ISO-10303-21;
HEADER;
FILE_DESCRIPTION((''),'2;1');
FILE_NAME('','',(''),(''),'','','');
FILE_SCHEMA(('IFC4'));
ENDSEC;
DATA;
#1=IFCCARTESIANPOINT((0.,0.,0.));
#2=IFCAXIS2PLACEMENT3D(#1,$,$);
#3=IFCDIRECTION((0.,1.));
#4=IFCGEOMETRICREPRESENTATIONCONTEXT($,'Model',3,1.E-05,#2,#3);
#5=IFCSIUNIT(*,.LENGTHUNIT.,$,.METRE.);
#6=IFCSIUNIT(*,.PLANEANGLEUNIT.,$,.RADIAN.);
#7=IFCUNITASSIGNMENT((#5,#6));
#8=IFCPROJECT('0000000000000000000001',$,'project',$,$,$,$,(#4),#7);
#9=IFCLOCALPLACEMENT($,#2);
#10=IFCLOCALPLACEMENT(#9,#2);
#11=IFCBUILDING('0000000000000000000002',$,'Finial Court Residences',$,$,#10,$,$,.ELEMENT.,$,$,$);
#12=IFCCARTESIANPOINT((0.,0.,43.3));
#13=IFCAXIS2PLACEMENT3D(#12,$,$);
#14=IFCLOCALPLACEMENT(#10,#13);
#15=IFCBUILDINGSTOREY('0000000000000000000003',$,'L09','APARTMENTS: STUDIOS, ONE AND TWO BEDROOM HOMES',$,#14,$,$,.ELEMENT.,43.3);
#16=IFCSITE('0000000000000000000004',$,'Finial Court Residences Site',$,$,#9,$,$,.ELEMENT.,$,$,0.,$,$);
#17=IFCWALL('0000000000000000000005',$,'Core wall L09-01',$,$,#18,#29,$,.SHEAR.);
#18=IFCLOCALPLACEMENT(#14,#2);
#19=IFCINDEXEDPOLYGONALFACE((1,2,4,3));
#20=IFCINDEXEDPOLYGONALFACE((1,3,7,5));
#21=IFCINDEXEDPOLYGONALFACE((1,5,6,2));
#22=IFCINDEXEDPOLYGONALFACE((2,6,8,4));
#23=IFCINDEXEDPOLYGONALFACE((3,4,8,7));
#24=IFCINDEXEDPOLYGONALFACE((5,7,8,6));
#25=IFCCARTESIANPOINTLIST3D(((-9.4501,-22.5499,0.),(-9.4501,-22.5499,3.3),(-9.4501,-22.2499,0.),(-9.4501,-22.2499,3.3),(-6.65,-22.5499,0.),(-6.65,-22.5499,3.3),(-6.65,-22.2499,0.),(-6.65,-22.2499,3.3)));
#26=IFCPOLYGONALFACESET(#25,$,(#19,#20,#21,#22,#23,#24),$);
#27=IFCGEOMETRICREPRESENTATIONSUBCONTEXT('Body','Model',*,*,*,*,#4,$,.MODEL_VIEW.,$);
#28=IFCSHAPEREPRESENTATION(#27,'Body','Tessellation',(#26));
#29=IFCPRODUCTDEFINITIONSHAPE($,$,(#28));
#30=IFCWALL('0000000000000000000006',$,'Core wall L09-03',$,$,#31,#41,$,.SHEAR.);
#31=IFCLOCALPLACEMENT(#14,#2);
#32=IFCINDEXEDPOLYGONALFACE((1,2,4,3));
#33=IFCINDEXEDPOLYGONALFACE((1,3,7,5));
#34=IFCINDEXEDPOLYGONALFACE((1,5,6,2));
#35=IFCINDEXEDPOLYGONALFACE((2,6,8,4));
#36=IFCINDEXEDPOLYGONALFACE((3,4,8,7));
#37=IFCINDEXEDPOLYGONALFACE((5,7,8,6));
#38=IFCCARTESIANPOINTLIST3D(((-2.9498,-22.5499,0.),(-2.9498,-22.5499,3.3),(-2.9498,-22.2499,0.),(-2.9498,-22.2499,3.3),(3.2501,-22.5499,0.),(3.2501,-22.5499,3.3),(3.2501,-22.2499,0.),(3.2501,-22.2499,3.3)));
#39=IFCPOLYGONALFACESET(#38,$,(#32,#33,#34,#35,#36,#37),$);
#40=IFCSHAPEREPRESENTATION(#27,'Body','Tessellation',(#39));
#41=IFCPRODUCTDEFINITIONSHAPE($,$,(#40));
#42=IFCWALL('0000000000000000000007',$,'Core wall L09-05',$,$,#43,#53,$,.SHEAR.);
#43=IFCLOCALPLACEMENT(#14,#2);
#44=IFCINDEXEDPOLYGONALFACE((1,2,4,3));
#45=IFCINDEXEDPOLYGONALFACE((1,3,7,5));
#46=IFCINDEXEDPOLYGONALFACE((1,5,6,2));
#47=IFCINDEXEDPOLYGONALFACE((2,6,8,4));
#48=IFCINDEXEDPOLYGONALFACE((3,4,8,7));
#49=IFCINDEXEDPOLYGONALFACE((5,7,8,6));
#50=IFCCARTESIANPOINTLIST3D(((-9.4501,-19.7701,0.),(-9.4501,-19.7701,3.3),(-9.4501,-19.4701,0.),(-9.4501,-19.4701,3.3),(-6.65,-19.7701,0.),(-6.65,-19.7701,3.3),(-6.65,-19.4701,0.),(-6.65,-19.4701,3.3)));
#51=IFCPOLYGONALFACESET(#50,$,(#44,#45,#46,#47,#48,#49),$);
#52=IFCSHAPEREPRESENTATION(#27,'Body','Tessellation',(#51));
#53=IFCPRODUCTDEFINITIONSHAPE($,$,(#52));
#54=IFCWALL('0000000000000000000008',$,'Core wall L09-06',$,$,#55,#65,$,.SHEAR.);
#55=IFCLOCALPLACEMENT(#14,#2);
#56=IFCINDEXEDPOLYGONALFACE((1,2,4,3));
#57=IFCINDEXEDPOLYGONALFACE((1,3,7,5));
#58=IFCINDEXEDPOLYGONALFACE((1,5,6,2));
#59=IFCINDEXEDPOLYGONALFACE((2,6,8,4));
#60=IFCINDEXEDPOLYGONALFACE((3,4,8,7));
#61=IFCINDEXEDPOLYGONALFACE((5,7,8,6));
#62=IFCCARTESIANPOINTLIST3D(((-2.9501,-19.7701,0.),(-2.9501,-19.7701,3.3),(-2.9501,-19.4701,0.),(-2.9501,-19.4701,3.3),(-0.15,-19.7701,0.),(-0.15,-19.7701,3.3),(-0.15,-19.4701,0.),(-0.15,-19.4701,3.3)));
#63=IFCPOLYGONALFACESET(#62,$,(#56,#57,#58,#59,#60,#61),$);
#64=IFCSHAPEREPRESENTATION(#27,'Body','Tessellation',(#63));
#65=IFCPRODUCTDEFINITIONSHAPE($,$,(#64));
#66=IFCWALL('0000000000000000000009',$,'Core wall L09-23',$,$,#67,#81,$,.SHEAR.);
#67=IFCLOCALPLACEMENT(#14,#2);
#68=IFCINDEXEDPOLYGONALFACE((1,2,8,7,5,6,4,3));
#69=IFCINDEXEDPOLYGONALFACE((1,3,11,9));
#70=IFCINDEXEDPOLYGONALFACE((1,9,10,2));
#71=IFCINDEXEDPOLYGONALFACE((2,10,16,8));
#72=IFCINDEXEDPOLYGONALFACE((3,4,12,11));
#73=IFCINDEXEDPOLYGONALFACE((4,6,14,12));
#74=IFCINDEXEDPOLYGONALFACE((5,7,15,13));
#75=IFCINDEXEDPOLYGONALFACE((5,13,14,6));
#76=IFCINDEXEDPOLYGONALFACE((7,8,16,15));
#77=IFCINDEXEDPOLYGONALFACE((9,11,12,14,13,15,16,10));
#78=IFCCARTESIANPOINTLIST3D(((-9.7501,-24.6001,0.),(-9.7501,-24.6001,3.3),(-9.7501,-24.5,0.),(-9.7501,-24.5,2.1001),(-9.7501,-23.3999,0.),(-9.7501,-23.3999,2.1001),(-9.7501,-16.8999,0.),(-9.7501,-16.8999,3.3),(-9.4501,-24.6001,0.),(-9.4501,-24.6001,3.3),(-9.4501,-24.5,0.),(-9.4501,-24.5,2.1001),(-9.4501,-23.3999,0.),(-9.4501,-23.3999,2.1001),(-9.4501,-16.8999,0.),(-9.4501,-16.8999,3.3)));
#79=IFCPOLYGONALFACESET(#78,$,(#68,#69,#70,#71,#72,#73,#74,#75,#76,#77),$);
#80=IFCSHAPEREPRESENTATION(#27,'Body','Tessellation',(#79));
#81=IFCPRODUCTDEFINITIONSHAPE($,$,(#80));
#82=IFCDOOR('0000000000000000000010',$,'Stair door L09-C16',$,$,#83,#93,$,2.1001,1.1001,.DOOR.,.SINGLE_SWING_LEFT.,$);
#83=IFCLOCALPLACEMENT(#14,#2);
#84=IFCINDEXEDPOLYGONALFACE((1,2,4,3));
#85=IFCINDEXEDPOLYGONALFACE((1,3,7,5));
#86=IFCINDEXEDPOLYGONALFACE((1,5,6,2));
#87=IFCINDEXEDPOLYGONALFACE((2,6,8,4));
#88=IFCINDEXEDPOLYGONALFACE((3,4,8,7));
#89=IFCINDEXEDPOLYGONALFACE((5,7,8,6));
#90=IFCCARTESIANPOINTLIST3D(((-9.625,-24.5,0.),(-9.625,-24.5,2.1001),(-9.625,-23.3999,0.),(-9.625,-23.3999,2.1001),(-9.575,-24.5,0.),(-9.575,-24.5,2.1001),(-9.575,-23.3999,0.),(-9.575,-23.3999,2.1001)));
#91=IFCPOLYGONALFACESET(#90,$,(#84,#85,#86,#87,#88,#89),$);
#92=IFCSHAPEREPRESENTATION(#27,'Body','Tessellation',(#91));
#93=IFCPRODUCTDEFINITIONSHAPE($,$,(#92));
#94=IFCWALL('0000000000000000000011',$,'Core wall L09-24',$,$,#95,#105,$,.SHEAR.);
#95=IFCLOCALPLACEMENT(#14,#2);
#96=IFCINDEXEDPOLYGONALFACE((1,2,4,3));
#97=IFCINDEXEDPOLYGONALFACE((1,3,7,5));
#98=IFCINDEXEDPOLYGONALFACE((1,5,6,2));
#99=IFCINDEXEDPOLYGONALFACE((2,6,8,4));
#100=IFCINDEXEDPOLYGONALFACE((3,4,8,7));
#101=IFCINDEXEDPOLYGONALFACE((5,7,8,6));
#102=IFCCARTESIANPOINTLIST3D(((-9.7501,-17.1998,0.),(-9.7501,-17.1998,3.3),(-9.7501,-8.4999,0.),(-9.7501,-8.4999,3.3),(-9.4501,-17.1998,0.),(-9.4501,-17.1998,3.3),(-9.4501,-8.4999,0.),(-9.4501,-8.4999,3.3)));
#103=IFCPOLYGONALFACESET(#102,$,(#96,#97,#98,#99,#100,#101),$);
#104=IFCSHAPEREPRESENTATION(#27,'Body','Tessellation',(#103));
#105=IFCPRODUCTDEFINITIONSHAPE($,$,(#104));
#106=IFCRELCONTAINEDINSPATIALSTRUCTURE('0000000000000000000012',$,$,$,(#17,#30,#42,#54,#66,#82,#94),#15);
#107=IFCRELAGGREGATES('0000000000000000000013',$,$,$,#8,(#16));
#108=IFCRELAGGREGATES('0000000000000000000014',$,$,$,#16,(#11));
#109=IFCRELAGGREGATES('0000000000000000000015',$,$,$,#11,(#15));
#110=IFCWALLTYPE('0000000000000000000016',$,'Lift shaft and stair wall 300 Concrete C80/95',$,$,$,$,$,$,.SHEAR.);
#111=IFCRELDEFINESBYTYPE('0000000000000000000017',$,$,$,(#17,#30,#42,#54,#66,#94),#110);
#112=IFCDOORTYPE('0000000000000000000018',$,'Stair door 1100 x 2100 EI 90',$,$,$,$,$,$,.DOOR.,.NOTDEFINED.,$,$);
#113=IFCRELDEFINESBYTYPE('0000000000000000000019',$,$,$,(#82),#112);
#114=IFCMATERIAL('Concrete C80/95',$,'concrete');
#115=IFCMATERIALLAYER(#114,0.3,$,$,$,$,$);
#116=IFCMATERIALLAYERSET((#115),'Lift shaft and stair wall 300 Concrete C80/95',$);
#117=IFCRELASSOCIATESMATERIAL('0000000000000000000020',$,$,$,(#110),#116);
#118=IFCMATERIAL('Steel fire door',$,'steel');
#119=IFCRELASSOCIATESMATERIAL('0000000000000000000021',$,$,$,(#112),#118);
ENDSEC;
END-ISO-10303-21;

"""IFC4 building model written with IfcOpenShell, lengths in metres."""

from ifc_helpers import new_model, si_unit, direction, frame, frame_2d, origin, place, context, subcontext, project, spatial, rectangle, extrude, material, layer, layer_set, type_object, element, fill, save


model = new_model("IFC4")

# Units and contexts
model_context = context("Model", 3, precision=1e-05, world=origin(), true_north=direction((0.0, 1.0)))
body_context = subcontext(model_context, "Body", "Model", "MODEL_VIEW")
ifc_project = project(units=[si_unit("LENGTHUNIT", "METRE"), si_unit("PLANEANGLEUNIT", "RADIAN")], contexts=[model_context])

# Site, building, storey
site_placement = place(None, origin())
site = spatial("IfcSite", under=ifc_project, at=site_placement, Name="Finial Court Residences Site", CompositionType="ELEMENT", RefElevation=0.0)
building_placement = place(site_placement, origin())
building = spatial("IfcBuilding", under=site, at=building_placement, Name="Finial Court Residences", CompositionType="ELEMENT")
storey_placement = place(building_placement, frame((0.0, 0.0, 43.3)))
storey = spatial("IfcBuildingStorey", under=building, at=storey_placement, Name="L09", Description="APARTMENTS: STUDIOS, ONE AND TWO BEDROOM HOMES", CompositionType="ELEMENT", Elevation=43.3)

# Walls
ifc_material_1 = material(Name="Concrete C80/95", Category="concrete")
ifc_layer_1 = layer(ifc_material_1, 0.3)
ifc_layer_set_1 = layer_set([ifc_layer_1], Name="Lift shaft and stair wall 300 Concrete C80/95")
wall_type_1 = type_object("IfcWallType", Name="Lift shaft and stair wall 300 Concrete C80/95", PredefinedType="SHEAR", material=ifc_layer_set_1)
wall_1_placement = place(storey_placement, frame((-9.45, -22.3999, 0.0), z_axis=(0.0, 0.0, 1.0), x_axis=(1.0, 0.0, 0.0)))
element("IfcWall", 1, at=wall_1_placement, inside=storey, type_object=wall_type_1, Name="Core wall L09-01", PredefinedType="SHEAR", context=body_context, shape_type="SweptSolid", body=[
    extrude(rectangle(XDim=2.8, YDim=0.3, at=frame_2d((1.3999, 0.0))), origin(), (0.0, 0.0, 1.0), 3.3),
])
wall_2_placement = place(storey_placement, frame((-2.95, -22.3999, 0.0), z_axis=(0.0, 0.0, 1.0), x_axis=(1.0, 0.0, 0.0)))
element("IfcWall", 2, at=wall_2_placement, inside=storey, type_object=wall_type_1, Name="Core wall L09-03", PredefinedType="SHEAR", context=body_context, shape_type="SweptSolid", body=[
    extrude(rectangle(XDim=6.2, YDim=0.3, at=frame_2d((3.1001, 0.0))), origin(), (0.0, 0.0, 1.0), 3.3),
])
for number, where, z_axis, x_axis, name in (
    (3, (-9.45, -19.6201, 0.0), (0.0, 0.0, 1.0), (1.0, 0.0, 0.0), "Core wall L09-05"),
    (4, (-2.95, -19.6201, 0.0), (0.0, 0.0, 1.0), (1.0, 0.0, 0.0), "Core wall L09-06"),
):
    element("IfcWall", number, at=place(storey_placement, frame(where, z_axis=z_axis, x_axis=x_axis)), inside=storey, type_object=wall_type_1, Name=name, PredefinedType="SHEAR", context=body_context, shape_type="SweptSolid", body=[
        extrude(rectangle(XDim=2.8, YDim=0.3, at=frame_2d((1.3999, 0.0))), origin(), (0.0, 0.0, 1.0), 3.3),
    ])

# Wall, opening, door
wall_3_placement = place(storey_placement, frame((-9.6001, -24.6001, 0.0), z_axis=(0.0, 0.0, 1.0), x_axis=(0.0, 1.0, 0.0)))
wall_3 = element("IfcWall", 5, at=wall_3_placement, inside=storey, type_object=wall_type_1, Name="Core wall L09-23", PredefinedType="SHEAR", context=body_context, shape_type="SweptSolid", body=[
    extrude(rectangle(XDim=7.7002, YDim=0.3, at=frame_2d((3.8501, 0.0))), origin(), (0.0, 0.0, 1.0), 3.3),
])
opening_1_placement = place(wall_3_placement, frame((0.1001, 0.0, 0.0)))
opening_1 = element("IfcOpeningElement", 6, at=opening_1_placement, cuts=wall_3, PredefinedType="OPENING", context=body_context, shape_type="SweptSolid", body=[
    extrude(rectangle(XDim=1.1001, YDim=2.1001, at=frame_2d((0.55, 1.05))), frame((0.0, 0.1599, 0.0), z_axis=(0.0, -1.0, 0.0), x_axis=(1.0, 0.0, 0.0)), (0.0, 0.0, 1.0), 0.3201),
])
ifc_material_2 = material(Name="Steel fire door", Category="steel")
door_type_1 = type_object("IfcDoorType", Name="Stair door 1100 x 2100 EI 90", OperationType="NOTDEFINED", PredefinedType="DOOR", material=ifc_material_2)
door_1_placement = place(opening_1_placement, origin())
door_1 = element("IfcDoor", 7, at=door_1_placement, inside=storey, type_object=door_type_1, Name="Stair door L09-C16", OperationType="SINGLE_SWING_LEFT", OverallHeight=2.1001, OverallWidth=1.1001, PredefinedType="DOOR", context=body_context, shape_type="SweptSolid", body=[
    extrude(rectangle(XDim=1.1001, YDim=2.1001, at=frame_2d((0.55, 1.05))), frame((0.0, 0.0249, 0.0), z_axis=(0.0, -1.0, 0.0), x_axis=(1.0, 0.0, 0.0)), (0.0, 0.0, 1.0), 0.05),
])
fill(opening_1, door_1)

# Wall
wall_4_placement = place(storey_placement, frame((-9.6001, -17.2, 0.0), z_axis=(0.0, 0.0, 1.0), x_axis=(0.0, 1.0, 0.0)))
element("IfcWall", 8, at=wall_4_placement, inside=storey, type_object=wall_type_1, Name="Core wall L09-24", PredefinedType="SHEAR", context=body_context, shape_type="SweptSolid", body=[
    extrude(rectangle(XDim=8.7, YDim=0.3, at=frame_2d((4.3501, 0.0))), origin(), (0.0, 0.0, 1.0), 3.3),
])

save(model, "model.ifc")
